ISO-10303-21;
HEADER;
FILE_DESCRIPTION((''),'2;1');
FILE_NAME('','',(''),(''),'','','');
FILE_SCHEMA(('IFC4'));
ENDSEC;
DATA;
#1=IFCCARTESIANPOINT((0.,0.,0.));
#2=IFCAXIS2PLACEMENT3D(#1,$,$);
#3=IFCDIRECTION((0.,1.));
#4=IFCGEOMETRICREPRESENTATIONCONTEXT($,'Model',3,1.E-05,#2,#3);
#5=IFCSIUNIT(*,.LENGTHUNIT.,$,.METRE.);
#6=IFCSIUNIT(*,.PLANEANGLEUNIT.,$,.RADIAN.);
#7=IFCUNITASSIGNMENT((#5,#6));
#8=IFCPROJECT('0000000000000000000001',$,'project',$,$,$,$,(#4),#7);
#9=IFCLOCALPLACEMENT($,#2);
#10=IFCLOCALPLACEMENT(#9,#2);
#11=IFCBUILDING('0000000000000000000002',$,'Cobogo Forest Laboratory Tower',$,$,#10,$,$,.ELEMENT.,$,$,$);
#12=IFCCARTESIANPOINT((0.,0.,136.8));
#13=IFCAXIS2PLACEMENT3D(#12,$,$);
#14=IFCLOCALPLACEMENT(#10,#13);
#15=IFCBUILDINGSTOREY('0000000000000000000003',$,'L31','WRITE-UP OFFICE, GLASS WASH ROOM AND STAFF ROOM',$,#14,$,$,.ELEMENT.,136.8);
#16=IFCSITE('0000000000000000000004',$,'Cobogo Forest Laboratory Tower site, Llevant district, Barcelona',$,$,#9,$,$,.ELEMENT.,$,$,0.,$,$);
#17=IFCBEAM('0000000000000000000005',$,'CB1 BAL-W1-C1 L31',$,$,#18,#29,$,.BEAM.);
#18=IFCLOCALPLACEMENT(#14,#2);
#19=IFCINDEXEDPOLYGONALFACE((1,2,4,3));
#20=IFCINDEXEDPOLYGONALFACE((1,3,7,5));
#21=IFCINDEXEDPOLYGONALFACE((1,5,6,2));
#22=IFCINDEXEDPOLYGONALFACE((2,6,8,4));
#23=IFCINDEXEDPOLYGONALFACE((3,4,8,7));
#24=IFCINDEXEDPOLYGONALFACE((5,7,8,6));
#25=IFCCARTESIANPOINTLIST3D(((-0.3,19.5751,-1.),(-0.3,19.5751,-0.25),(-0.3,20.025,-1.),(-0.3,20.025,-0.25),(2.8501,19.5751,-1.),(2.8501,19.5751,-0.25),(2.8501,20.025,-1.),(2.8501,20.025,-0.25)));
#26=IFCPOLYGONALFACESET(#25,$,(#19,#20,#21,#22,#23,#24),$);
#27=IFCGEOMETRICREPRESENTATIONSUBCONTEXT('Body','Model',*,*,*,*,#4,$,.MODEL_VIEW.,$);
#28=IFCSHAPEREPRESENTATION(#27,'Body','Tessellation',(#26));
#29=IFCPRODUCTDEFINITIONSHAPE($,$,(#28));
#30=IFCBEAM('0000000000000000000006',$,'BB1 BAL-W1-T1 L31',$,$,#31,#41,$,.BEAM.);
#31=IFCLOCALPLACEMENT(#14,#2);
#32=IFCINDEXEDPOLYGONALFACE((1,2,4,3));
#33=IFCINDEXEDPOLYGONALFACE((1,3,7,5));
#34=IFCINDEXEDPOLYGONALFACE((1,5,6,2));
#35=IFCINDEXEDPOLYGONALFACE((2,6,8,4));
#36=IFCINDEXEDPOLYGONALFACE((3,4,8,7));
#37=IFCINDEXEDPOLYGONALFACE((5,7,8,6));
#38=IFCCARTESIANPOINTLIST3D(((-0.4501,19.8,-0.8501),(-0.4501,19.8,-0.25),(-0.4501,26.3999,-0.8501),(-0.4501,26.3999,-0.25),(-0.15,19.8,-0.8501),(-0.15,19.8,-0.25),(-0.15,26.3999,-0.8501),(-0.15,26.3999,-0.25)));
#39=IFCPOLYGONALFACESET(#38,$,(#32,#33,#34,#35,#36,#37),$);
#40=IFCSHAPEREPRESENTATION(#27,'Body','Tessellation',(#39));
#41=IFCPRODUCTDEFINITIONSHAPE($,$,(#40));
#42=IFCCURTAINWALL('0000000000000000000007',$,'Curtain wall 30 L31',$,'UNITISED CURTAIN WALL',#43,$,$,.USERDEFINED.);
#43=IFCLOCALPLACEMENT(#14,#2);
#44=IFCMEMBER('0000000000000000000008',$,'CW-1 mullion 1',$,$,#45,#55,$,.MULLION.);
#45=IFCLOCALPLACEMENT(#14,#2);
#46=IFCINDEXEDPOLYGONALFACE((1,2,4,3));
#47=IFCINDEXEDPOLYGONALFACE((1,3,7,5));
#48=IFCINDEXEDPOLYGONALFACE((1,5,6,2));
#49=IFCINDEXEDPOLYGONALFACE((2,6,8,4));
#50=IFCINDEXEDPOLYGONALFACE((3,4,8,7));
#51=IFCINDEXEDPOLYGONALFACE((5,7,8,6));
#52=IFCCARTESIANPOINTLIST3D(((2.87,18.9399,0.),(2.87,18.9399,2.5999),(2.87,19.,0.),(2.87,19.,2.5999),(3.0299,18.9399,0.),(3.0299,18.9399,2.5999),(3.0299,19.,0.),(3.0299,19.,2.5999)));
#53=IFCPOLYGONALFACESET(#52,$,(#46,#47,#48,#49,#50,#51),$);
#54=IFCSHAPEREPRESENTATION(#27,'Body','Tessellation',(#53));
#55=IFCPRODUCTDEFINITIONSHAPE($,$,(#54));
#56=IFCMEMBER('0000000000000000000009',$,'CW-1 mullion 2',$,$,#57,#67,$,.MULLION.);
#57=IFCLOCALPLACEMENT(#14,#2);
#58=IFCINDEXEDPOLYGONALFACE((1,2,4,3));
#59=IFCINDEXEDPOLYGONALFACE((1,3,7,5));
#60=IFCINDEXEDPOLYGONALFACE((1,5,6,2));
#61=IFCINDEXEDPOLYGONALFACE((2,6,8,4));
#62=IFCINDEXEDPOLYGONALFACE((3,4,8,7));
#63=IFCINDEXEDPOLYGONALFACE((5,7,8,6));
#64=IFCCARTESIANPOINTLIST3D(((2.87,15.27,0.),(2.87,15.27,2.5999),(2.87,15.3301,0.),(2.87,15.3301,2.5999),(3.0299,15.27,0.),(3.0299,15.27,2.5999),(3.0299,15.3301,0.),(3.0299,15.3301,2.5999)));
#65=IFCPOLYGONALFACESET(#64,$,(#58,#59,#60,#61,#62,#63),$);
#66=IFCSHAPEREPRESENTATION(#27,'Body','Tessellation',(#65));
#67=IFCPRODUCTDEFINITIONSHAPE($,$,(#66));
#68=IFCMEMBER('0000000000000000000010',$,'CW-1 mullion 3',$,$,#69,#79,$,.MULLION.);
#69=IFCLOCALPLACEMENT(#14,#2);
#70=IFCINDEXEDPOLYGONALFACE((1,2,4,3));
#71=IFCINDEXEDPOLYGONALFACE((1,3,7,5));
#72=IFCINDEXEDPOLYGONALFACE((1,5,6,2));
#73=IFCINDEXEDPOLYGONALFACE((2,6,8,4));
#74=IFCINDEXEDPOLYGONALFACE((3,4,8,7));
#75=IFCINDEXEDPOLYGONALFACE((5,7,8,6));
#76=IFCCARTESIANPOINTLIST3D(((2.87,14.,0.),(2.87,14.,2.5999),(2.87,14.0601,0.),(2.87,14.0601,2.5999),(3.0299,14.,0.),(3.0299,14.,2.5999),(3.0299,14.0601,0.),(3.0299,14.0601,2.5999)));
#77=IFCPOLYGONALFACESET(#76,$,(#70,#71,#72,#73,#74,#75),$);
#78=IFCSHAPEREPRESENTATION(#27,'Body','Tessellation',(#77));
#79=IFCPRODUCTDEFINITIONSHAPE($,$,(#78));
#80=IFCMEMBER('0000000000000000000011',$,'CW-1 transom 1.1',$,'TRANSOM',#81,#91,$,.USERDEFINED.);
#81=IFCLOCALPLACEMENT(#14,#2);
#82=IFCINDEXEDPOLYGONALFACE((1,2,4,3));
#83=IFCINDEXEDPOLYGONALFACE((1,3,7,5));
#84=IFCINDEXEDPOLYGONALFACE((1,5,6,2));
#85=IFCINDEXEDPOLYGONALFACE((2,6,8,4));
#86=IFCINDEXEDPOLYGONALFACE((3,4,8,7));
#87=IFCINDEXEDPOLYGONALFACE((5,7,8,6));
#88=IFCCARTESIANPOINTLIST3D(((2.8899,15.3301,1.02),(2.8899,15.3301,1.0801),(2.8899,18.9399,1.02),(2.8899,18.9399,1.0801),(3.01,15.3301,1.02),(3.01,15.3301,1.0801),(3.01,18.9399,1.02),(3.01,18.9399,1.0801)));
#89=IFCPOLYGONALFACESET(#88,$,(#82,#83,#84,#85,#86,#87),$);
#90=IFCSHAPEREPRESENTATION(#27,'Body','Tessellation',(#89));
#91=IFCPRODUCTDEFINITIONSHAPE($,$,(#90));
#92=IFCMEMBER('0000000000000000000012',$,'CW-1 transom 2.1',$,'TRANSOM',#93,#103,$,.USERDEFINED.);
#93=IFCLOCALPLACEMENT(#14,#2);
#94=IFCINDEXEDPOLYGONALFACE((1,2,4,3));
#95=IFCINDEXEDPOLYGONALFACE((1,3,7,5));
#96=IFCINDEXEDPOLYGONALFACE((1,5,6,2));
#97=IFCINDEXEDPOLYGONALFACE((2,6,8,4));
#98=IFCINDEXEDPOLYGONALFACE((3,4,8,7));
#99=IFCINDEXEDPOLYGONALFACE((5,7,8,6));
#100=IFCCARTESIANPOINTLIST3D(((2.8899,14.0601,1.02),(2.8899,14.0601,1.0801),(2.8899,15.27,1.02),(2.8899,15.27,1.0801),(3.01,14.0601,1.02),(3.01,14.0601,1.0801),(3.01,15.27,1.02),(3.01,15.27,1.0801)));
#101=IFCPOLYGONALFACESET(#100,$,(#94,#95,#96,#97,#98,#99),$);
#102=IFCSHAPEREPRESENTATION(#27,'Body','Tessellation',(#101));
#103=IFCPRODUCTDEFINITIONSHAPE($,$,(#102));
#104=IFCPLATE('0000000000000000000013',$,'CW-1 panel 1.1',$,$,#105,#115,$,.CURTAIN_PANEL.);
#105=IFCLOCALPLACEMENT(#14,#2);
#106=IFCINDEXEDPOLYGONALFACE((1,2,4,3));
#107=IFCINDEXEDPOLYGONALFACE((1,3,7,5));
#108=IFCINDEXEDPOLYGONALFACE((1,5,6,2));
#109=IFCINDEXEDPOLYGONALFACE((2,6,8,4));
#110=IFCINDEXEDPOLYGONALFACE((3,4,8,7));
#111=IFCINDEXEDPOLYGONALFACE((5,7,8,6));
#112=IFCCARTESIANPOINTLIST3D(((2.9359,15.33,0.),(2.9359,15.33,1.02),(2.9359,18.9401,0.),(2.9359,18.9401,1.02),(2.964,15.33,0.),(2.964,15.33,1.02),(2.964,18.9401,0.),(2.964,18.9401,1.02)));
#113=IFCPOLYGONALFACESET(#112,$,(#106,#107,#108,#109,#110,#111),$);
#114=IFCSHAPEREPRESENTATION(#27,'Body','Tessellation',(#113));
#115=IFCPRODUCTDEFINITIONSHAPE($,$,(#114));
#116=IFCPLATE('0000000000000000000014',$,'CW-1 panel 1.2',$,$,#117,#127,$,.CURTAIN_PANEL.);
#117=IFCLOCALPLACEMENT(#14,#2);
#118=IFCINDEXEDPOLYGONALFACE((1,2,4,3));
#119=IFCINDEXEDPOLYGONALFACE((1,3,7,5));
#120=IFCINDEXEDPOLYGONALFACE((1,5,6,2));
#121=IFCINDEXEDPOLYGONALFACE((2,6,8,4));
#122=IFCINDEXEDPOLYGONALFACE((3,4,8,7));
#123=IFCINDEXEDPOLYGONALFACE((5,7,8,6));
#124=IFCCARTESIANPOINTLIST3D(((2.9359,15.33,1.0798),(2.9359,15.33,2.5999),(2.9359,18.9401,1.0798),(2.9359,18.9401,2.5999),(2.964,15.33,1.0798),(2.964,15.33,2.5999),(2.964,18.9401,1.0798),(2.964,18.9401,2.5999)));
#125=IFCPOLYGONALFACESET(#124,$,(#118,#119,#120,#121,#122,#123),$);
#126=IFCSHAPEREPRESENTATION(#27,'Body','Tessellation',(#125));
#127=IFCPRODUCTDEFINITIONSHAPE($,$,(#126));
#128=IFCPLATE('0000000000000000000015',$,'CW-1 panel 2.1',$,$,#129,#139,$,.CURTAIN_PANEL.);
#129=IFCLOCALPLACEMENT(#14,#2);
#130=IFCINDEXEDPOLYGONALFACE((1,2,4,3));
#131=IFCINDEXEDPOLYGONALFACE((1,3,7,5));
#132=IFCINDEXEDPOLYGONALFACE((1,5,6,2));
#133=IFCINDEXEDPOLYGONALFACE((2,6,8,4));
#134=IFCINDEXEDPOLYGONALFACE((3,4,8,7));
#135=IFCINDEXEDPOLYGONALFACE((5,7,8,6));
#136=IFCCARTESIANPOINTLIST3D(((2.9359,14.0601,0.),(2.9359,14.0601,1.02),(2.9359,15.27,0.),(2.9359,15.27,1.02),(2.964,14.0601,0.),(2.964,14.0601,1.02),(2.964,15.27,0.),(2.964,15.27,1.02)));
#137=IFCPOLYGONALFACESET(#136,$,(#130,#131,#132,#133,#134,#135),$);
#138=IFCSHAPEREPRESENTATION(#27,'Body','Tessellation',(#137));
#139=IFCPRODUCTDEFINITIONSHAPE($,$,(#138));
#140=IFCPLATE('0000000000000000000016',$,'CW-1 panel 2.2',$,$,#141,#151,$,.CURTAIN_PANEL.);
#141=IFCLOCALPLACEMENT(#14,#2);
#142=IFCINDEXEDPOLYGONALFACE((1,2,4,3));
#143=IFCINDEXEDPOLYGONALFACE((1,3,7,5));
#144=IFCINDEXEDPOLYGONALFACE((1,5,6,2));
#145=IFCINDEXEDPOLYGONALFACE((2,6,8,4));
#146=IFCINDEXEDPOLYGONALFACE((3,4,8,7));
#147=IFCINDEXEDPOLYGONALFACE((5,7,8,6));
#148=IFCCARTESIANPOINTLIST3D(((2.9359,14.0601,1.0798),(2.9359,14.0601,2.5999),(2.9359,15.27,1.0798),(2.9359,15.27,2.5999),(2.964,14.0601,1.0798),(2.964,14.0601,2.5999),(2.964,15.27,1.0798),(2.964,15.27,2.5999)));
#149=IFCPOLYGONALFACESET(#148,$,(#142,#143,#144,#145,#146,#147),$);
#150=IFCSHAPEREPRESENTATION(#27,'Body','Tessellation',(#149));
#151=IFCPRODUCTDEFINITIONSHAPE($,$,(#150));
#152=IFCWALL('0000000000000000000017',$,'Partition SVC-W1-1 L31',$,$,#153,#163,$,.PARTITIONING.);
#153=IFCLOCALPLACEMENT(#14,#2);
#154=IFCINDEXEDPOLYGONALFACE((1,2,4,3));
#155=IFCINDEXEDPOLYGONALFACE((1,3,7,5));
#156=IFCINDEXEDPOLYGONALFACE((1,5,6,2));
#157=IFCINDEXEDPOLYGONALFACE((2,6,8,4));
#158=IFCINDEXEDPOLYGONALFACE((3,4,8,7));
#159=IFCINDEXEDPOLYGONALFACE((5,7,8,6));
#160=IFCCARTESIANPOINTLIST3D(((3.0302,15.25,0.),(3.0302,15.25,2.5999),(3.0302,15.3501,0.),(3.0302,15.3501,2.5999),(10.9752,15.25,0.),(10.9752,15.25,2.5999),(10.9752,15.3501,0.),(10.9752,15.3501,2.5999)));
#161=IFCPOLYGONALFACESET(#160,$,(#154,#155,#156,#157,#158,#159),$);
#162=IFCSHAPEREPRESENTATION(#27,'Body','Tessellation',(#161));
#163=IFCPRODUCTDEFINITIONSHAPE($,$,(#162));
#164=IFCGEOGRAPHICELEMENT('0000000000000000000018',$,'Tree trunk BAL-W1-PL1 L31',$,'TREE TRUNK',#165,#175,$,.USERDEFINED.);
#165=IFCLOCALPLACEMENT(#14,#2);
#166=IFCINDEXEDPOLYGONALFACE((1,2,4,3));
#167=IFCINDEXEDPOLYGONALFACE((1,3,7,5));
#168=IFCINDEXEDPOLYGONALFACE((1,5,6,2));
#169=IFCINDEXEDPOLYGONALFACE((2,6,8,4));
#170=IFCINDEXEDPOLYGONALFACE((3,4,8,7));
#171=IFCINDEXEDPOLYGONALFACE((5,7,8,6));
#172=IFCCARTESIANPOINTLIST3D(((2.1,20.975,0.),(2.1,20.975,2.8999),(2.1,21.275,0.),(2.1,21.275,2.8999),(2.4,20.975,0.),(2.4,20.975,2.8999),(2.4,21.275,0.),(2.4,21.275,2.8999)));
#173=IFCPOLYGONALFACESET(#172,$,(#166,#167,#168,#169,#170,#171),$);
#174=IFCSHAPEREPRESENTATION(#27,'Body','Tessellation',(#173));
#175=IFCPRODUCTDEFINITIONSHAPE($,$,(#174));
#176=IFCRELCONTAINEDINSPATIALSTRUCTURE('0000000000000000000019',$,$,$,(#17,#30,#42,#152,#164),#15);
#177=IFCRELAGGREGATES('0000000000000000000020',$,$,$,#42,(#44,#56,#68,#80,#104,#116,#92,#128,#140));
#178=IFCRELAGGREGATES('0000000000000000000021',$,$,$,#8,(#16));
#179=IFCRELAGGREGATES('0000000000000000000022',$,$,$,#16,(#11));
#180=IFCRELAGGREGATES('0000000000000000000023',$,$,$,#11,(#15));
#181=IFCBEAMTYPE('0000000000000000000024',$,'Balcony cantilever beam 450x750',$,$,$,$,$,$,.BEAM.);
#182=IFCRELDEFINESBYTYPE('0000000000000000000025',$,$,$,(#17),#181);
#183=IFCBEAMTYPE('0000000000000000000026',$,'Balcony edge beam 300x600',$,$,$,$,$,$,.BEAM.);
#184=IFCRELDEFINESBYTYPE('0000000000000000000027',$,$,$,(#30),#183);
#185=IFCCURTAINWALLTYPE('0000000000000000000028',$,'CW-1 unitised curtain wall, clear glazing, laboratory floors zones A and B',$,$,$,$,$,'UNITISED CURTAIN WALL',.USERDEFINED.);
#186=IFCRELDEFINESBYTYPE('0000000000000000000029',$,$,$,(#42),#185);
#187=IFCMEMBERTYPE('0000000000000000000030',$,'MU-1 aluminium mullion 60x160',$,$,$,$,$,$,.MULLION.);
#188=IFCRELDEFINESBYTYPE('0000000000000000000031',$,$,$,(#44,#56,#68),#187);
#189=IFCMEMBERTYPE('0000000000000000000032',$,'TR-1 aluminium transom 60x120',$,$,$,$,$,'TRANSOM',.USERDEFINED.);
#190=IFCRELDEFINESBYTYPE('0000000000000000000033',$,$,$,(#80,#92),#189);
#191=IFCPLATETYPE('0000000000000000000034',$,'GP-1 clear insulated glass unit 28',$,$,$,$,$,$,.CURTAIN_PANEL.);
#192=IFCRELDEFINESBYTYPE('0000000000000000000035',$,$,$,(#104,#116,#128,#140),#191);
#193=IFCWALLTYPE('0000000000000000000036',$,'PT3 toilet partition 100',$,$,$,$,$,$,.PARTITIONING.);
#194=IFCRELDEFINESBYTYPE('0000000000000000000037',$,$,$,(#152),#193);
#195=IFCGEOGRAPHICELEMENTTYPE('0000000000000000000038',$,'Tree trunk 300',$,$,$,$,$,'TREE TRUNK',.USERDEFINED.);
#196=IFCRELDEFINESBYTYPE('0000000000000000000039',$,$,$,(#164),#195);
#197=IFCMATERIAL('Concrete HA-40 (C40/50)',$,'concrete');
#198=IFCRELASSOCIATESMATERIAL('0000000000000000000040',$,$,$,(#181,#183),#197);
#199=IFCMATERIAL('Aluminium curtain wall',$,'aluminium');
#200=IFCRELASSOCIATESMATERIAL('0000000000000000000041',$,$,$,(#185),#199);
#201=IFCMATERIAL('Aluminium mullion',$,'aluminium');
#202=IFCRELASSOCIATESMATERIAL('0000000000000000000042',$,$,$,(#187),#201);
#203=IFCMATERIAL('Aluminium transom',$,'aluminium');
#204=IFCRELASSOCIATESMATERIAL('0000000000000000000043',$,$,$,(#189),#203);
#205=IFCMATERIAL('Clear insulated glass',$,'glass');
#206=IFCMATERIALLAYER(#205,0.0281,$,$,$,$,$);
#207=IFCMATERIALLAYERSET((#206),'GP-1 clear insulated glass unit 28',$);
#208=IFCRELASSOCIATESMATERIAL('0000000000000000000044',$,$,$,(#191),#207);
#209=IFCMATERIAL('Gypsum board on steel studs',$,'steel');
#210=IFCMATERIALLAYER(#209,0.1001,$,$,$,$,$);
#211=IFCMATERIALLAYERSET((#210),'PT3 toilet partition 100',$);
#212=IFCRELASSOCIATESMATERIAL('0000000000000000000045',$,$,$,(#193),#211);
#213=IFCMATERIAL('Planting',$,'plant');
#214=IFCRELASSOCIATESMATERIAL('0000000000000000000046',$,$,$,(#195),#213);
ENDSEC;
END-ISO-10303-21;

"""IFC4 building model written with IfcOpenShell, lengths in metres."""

from ifc_helpers import new_model, si_unit, direction, frame, frame_2d, origin, origin_2d, place, context, subcontext, project, spatial, rectangle, extrude, material, layer, layer_set, material_profile, profile_set, type_object, element, aggregate, save


model = new_model("IFC4")

# Units and contexts
model_context = context("Model", 3, precision=1e-05, world=origin(), true_north=direction((0.0, 1.0)))
body_context = subcontext(model_context, "Body", "Model", "MODEL_VIEW")
ifc_project = project(units=[si_unit("LENGTHUNIT", "METRE"), si_unit("PLANEANGLEUNIT", "RADIAN")], contexts=[model_context])

# Site, building, storey
site_placement = place(None, origin())
site = spatial("IfcSite", under=ifc_project, at=site_placement, Name="Cobogo Forest Laboratory Tower site, Llevant district, Barcelona", CompositionType="ELEMENT", RefElevation=0.0)
building_placement = place(site_placement, origin())
building = spatial("IfcBuilding", under=site, at=building_placement, Name="Cobogo Forest Laboratory Tower", CompositionType="ELEMENT")
storey_placement = place(building_placement, frame((0.0, 0.0, 136.8)))
storey = spatial("IfcBuildingStorey", under=building, at=storey_placement, Name="L31", Description="WRITE-UP OFFICE, GLASS WASH ROOM AND STAFF ROOM", CompositionType="ELEMENT", Elevation=136.8)

# Beams
ifc_material_1 = material(Name="Concrete HA-40 (C40/50)", Category="concrete")
ifc_material_profile_1 = material_profile(ifc_material_1, rectangle(XDim=0.45, YDim=0.75, at=origin_2d()), Name="RC 450x750")
ifc_profile_set_1 = profile_set([ifc_material_profile_1], Name="Concrete HA-40 (C40/50)")
beam_type_1 = type_object("IfcBeamType", Name="Balcony cantilever beam 450x750", PredefinedType="BEAM", material=ifc_profile_set_1)
beam_1_placement = place(storey_placement, frame((2.8501, 19.8, -0.625), z_axis=(-1.0, 0.0, 0.0), x_axis=(0.0, -1.0, 0.0)))
element("IfcBeam", 1, at=beam_1_placement, inside=storey, type_object=beam_type_1, Name="CB1 BAL-W1-C1 L31", PredefinedType="BEAM", context=body_context, shape_type="SweptSolid", body=[
    extrude(rectangle(XDim=0.45, YDim=0.75, at=origin_2d()), origin(), (0.0, 0.0, 1.0), 3.1501),
])
ifc_material_profile_2 = material_profile(ifc_material_1, rectangle(XDim=0.3, YDim=0.6001, at=origin_2d()), Name="RC 300x600")
ifc_profile_set_2 = profile_set([ifc_material_profile_2], Name="Concrete HA-40 (C40/50)")
beam_type_2 = type_object("IfcBeamType", Name="Balcony edge beam 300x600", PredefinedType="BEAM", material=ifc_profile_set_2)
beam_2_placement = place(storey_placement, frame((-0.3, 19.8, -0.55), z_axis=(0.0, 1.0, 0.0), x_axis=(-1.0, 0.0, 0.0)))
element("IfcBeam", 2, at=beam_2_placement, inside=storey, type_object=beam_type_2, Name="BB1 BAL-W1-T1 L31", PredefinedType="BEAM", context=body_context, shape_type="SweptSolid", body=[
    extrude(rectangle(XDim=0.3, YDim=0.6001, at=origin_2d()), origin(), (0.0, 0.0, 1.0), 6.5999),
])

# Curtain wall, members, plates
ifc_material_2 = material(Name="Aluminium curtain wall", Category="aluminium")
curtain_wall_type = type_object("IfcCurtainWallType", Name="CW-1 unitised curtain wall, clear glazing, laboratory floors zones A and B", ElementType="UNITISED CURTAIN WALL", PredefinedType="USERDEFINED", material=ifc_material_2)
curtain_wall_placement = place(storey_placement, origin())
curtain_wall = element("IfcCurtainWall", 3, at=curtain_wall_placement, inside=storey, type_object=curtain_wall_type, Name="Curtain wall 30 L31", ObjectType="UNITISED CURTAIN WALL", PredefinedType="USERDEFINED")
ifc_material_3 = material(Name="Aluminium mullion", Category="aluminium")
ifc_material_profile_3 = material_profile(ifc_material_3, rectangle(XDim=0.0601, YDim=0.1599, at=origin_2d()), Name="AL 60x160")
ifc_profile_set_3 = profile_set([ifc_material_profile_3], Name="Aluminium mullion")
member_type_1 = type_object("IfcMemberType", Name="MU-1 aluminium mullion 60x160", PredefinedType="MULLION", material=ifc_profile_set_3)
member_1_placement = place(storey_placement, frame((2.95, 18.97, 0.0), z_axis=(0.0, 0.0, 1.0), x_axis=(0.0, -1.0, 0.0)))
member_1 = element("IfcMember", 4, at=member_1_placement, type_object=member_type_1, Name="CW-1 mullion 1", PredefinedType="MULLION", context=body_context, shape_type="SweptSolid", body=[
    extrude(rectangle(XDim=0.0601, YDim=0.1599, at=origin_2d()), origin(), (0.0, 0.0, 1.0), 2.5999),
])
member_2_placement = place(storey_placement, frame((2.95, 15.3, 0.0), z_axis=(0.0, 0.0, 1.0), x_axis=(0.0, -1.0, 0.0)))
member_2 = element("IfcMember", 5, at=member_2_placement, type_object=member_type_1, Name="CW-1 mullion 2", PredefinedType="MULLION", context=body_context, shape_type="SweptSolid", body=[
    extrude(rectangle(XDim=0.0601, YDim=0.1599, at=origin_2d()), origin(), (0.0, 0.0, 1.0), 2.5999),
])
member_3_placement = place(storey_placement, frame((2.95, 14.03, 0.0), z_axis=(0.0, 0.0, 1.0), x_axis=(0.0, -1.0, 0.0)))
member_3 = element("IfcMember", 6, at=member_3_placement, type_object=member_type_1, Name="CW-1 mullion 3", PredefinedType="MULLION", context=body_context, shape_type="SweptSolid", body=[
    extrude(rectangle(XDim=0.0601, YDim=0.1599, at=origin_2d()), origin(), (0.0, 0.0, 1.0), 2.5999),
])
ifc_material_4 = material(Name="Aluminium transom", Category="aluminium")
ifc_material_profile_4 = material_profile(ifc_material_4, rectangle(XDim=0.1201, YDim=0.0601, at=origin_2d()), Name="AL 60x120")
ifc_profile_set_4 = profile_set([ifc_material_profile_4], Name="Aluminium transom")
member_type_2 = type_object("IfcMemberType", Name="TR-1 aluminium transom 60x120", ElementType="TRANSOM", PredefinedType="USERDEFINED", material=ifc_profile_set_4)
member_4_placement = place(storey_placement, frame((2.95, 18.9399, 1.05), z_axis=(0.0, -1.0, 0.0), x_axis=(1.0, 0.0, 0.0)))
member_4 = element("IfcMember", 7, at=member_4_placement, type_object=member_type_2, Name="CW-1 transom 1.1", ObjectType="TRANSOM", PredefinedType="USERDEFINED", context=body_context, shape_type="SweptSolid", body=[
    extrude(rectangle(XDim=0.1201, YDim=0.0601, at=origin_2d()), origin(), (0.0, 0.0, 1.0), 3.6099),
])
member_5_placement = place(storey_placement, frame((2.95, 15.27, 1.05), z_axis=(0.0, -1.0, 0.0), x_axis=(1.0, 0.0, 0.0)))
member_5 = element("IfcMember", 8, at=member_5_placement, type_object=member_type_2, Name="CW-1 transom 2.1", ObjectType="TRANSOM", PredefinedType="USERDEFINED", context=body_context, shape_type="SweptSolid", body=[
    extrude(rectangle(XDim=0.1201, YDim=0.0601, at=origin_2d()), origin(), (0.0, 0.0, 1.0), 1.21),
])
ifc_material_5 = material(Name="Clear insulated glass", Category="glass")
ifc_layer_1 = layer(ifc_material_5, 0.0281)
ifc_layer_set_1 = layer_set([ifc_layer_1], Name="GP-1 clear insulated glass unit 28")
plate_type_1 = type_object("IfcPlateType", Name="GP-1 clear insulated glass unit 28", PredefinedType="CURTAIN_PANEL", material=ifc_layer_set_1)
plate_1_placement = place(storey_placement, frame((2.95, 17.135, 0.0), z_axis=(0.0, 0.0, 1.0), x_axis=(0.0, -1.0, 0.0)))
plate_1 = element("IfcPlate", 9, at=plate_1_placement, type_object=plate_type_1, Name="CW-1 panel 1.1", PredefinedType="CURTAIN_PANEL", context=body_context, shape_type="SweptSolid", body=[
    extrude(rectangle(XDim=3.6101, YDim=0.0281, at=origin_2d()), origin(), (0.0, 0.0, 1.0), 1.02),
])
plate_2_placement = place(storey_placement, frame((2.95, 17.135, 1.0798), z_axis=(0.0, 0.0, 1.0), x_axis=(0.0, -1.0, 0.0)))
plate_2 = element("IfcPlate", 10, at=plate_2_placement, type_object=plate_type_1, Name="CW-1 panel 1.2", PredefinedType="CURTAIN_PANEL", context=body_context, shape_type="SweptSolid", body=[
    extrude(rectangle(XDim=3.6101, YDim=0.0281, at=origin_2d()), origin(), (0.0, 0.0, 1.0), 1.52),
])
plate_3_placement = place(storey_placement, frame((2.95, 14.665, 0.0), z_axis=(0.0, 0.0, 1.0), x_axis=(0.0, -1.0, 0.0)))
plate_3 = element("IfcPlate", 11, at=plate_3_placement, type_object=plate_type_1, Name="CW-1 panel 2.1", PredefinedType="CURTAIN_PANEL", context=body_context, shape_type="SweptSolid", body=[
    extrude(rectangle(XDim=1.21, YDim=0.0281, at=origin_2d()), origin(), (0.0, 0.0, 1.0), 1.02),
])
plate_4_placement = place(storey_placement, frame((2.95, 14.665, 1.0798), z_axis=(0.0, 0.0, 1.0), x_axis=(0.0, -1.0, 0.0)))
plate_4 = element("IfcPlate", 12, at=plate_4_placement, type_object=plate_type_1, Name="CW-1 panel 2.2", PredefinedType="CURTAIN_PANEL", context=body_context, shape_type="SweptSolid", body=[
    extrude(rectangle(XDim=1.21, YDim=0.0281, at=origin_2d()), origin(), (0.0, 0.0, 1.0), 1.52),
])
aggregate(curtain_wall, [member_1, member_2, member_3, member_4, plate_1, plate_2, member_5, plate_3, plate_4])

# Wall
ifc_material_6 = material(Name="Gypsum board on steel studs", Category="steel")
ifc_layer_2 = layer(ifc_material_6, 0.1001)
ifc_layer_set_2 = layer_set([ifc_layer_2], Name="PT3 toilet partition 100")
wall_type = type_object("IfcWallType", Name="PT3 toilet partition 100", PredefinedType="PARTITIONING", material=ifc_layer_set_2)
wall_placement = place(storey_placement, frame((3.03, 15.3, 0.0), z_axis=(0.0, 0.0, 1.0), x_axis=(1.0, 0.0, 0.0)))
element("IfcWall", 13, at=wall_placement, inside=storey, type_object=wall_type, Name="Partition SVC-W1-1 L31", PredefinedType="PARTITIONING", context=body_context, shape_type="SweptSolid", body=[
    extrude(rectangle(XDim=7.9451, YDim=0.1001, at=frame_2d((3.9727, 0.0))), origin(), (0.0, 0.0, 1.0), 2.5999),
])

# Geographic element
ifc_material_7 = material(Name="Planting", Category="plant")
geographic_element_type = type_object("IfcGeographicElementType", Name="Tree trunk 300", ElementType="TREE TRUNK", PredefinedType="USERDEFINED", material=ifc_material_7)
geographic_element_placement = place(storey_placement, frame((2.25, 21.125, 0.0), z_axis=(0.0, 0.0, 1.0), x_axis=(1.0, 0.0, 0.0)))
element("IfcGeographicElement", 14, at=geographic_element_placement, inside=storey, type_object=geographic_element_type, Name="Tree trunk BAL-W1-PL1 L31", ObjectType="TREE TRUNK", PredefinedType="USERDEFINED", context=body_context, shape_type="SweptSolid", body=[
    extrude(rectangle(XDim=0.3, YDim=0.3, at=origin_2d()), origin(), (0.0, 0.0, 1.0), 2.8999),
])

save(model, "model.ifc")
